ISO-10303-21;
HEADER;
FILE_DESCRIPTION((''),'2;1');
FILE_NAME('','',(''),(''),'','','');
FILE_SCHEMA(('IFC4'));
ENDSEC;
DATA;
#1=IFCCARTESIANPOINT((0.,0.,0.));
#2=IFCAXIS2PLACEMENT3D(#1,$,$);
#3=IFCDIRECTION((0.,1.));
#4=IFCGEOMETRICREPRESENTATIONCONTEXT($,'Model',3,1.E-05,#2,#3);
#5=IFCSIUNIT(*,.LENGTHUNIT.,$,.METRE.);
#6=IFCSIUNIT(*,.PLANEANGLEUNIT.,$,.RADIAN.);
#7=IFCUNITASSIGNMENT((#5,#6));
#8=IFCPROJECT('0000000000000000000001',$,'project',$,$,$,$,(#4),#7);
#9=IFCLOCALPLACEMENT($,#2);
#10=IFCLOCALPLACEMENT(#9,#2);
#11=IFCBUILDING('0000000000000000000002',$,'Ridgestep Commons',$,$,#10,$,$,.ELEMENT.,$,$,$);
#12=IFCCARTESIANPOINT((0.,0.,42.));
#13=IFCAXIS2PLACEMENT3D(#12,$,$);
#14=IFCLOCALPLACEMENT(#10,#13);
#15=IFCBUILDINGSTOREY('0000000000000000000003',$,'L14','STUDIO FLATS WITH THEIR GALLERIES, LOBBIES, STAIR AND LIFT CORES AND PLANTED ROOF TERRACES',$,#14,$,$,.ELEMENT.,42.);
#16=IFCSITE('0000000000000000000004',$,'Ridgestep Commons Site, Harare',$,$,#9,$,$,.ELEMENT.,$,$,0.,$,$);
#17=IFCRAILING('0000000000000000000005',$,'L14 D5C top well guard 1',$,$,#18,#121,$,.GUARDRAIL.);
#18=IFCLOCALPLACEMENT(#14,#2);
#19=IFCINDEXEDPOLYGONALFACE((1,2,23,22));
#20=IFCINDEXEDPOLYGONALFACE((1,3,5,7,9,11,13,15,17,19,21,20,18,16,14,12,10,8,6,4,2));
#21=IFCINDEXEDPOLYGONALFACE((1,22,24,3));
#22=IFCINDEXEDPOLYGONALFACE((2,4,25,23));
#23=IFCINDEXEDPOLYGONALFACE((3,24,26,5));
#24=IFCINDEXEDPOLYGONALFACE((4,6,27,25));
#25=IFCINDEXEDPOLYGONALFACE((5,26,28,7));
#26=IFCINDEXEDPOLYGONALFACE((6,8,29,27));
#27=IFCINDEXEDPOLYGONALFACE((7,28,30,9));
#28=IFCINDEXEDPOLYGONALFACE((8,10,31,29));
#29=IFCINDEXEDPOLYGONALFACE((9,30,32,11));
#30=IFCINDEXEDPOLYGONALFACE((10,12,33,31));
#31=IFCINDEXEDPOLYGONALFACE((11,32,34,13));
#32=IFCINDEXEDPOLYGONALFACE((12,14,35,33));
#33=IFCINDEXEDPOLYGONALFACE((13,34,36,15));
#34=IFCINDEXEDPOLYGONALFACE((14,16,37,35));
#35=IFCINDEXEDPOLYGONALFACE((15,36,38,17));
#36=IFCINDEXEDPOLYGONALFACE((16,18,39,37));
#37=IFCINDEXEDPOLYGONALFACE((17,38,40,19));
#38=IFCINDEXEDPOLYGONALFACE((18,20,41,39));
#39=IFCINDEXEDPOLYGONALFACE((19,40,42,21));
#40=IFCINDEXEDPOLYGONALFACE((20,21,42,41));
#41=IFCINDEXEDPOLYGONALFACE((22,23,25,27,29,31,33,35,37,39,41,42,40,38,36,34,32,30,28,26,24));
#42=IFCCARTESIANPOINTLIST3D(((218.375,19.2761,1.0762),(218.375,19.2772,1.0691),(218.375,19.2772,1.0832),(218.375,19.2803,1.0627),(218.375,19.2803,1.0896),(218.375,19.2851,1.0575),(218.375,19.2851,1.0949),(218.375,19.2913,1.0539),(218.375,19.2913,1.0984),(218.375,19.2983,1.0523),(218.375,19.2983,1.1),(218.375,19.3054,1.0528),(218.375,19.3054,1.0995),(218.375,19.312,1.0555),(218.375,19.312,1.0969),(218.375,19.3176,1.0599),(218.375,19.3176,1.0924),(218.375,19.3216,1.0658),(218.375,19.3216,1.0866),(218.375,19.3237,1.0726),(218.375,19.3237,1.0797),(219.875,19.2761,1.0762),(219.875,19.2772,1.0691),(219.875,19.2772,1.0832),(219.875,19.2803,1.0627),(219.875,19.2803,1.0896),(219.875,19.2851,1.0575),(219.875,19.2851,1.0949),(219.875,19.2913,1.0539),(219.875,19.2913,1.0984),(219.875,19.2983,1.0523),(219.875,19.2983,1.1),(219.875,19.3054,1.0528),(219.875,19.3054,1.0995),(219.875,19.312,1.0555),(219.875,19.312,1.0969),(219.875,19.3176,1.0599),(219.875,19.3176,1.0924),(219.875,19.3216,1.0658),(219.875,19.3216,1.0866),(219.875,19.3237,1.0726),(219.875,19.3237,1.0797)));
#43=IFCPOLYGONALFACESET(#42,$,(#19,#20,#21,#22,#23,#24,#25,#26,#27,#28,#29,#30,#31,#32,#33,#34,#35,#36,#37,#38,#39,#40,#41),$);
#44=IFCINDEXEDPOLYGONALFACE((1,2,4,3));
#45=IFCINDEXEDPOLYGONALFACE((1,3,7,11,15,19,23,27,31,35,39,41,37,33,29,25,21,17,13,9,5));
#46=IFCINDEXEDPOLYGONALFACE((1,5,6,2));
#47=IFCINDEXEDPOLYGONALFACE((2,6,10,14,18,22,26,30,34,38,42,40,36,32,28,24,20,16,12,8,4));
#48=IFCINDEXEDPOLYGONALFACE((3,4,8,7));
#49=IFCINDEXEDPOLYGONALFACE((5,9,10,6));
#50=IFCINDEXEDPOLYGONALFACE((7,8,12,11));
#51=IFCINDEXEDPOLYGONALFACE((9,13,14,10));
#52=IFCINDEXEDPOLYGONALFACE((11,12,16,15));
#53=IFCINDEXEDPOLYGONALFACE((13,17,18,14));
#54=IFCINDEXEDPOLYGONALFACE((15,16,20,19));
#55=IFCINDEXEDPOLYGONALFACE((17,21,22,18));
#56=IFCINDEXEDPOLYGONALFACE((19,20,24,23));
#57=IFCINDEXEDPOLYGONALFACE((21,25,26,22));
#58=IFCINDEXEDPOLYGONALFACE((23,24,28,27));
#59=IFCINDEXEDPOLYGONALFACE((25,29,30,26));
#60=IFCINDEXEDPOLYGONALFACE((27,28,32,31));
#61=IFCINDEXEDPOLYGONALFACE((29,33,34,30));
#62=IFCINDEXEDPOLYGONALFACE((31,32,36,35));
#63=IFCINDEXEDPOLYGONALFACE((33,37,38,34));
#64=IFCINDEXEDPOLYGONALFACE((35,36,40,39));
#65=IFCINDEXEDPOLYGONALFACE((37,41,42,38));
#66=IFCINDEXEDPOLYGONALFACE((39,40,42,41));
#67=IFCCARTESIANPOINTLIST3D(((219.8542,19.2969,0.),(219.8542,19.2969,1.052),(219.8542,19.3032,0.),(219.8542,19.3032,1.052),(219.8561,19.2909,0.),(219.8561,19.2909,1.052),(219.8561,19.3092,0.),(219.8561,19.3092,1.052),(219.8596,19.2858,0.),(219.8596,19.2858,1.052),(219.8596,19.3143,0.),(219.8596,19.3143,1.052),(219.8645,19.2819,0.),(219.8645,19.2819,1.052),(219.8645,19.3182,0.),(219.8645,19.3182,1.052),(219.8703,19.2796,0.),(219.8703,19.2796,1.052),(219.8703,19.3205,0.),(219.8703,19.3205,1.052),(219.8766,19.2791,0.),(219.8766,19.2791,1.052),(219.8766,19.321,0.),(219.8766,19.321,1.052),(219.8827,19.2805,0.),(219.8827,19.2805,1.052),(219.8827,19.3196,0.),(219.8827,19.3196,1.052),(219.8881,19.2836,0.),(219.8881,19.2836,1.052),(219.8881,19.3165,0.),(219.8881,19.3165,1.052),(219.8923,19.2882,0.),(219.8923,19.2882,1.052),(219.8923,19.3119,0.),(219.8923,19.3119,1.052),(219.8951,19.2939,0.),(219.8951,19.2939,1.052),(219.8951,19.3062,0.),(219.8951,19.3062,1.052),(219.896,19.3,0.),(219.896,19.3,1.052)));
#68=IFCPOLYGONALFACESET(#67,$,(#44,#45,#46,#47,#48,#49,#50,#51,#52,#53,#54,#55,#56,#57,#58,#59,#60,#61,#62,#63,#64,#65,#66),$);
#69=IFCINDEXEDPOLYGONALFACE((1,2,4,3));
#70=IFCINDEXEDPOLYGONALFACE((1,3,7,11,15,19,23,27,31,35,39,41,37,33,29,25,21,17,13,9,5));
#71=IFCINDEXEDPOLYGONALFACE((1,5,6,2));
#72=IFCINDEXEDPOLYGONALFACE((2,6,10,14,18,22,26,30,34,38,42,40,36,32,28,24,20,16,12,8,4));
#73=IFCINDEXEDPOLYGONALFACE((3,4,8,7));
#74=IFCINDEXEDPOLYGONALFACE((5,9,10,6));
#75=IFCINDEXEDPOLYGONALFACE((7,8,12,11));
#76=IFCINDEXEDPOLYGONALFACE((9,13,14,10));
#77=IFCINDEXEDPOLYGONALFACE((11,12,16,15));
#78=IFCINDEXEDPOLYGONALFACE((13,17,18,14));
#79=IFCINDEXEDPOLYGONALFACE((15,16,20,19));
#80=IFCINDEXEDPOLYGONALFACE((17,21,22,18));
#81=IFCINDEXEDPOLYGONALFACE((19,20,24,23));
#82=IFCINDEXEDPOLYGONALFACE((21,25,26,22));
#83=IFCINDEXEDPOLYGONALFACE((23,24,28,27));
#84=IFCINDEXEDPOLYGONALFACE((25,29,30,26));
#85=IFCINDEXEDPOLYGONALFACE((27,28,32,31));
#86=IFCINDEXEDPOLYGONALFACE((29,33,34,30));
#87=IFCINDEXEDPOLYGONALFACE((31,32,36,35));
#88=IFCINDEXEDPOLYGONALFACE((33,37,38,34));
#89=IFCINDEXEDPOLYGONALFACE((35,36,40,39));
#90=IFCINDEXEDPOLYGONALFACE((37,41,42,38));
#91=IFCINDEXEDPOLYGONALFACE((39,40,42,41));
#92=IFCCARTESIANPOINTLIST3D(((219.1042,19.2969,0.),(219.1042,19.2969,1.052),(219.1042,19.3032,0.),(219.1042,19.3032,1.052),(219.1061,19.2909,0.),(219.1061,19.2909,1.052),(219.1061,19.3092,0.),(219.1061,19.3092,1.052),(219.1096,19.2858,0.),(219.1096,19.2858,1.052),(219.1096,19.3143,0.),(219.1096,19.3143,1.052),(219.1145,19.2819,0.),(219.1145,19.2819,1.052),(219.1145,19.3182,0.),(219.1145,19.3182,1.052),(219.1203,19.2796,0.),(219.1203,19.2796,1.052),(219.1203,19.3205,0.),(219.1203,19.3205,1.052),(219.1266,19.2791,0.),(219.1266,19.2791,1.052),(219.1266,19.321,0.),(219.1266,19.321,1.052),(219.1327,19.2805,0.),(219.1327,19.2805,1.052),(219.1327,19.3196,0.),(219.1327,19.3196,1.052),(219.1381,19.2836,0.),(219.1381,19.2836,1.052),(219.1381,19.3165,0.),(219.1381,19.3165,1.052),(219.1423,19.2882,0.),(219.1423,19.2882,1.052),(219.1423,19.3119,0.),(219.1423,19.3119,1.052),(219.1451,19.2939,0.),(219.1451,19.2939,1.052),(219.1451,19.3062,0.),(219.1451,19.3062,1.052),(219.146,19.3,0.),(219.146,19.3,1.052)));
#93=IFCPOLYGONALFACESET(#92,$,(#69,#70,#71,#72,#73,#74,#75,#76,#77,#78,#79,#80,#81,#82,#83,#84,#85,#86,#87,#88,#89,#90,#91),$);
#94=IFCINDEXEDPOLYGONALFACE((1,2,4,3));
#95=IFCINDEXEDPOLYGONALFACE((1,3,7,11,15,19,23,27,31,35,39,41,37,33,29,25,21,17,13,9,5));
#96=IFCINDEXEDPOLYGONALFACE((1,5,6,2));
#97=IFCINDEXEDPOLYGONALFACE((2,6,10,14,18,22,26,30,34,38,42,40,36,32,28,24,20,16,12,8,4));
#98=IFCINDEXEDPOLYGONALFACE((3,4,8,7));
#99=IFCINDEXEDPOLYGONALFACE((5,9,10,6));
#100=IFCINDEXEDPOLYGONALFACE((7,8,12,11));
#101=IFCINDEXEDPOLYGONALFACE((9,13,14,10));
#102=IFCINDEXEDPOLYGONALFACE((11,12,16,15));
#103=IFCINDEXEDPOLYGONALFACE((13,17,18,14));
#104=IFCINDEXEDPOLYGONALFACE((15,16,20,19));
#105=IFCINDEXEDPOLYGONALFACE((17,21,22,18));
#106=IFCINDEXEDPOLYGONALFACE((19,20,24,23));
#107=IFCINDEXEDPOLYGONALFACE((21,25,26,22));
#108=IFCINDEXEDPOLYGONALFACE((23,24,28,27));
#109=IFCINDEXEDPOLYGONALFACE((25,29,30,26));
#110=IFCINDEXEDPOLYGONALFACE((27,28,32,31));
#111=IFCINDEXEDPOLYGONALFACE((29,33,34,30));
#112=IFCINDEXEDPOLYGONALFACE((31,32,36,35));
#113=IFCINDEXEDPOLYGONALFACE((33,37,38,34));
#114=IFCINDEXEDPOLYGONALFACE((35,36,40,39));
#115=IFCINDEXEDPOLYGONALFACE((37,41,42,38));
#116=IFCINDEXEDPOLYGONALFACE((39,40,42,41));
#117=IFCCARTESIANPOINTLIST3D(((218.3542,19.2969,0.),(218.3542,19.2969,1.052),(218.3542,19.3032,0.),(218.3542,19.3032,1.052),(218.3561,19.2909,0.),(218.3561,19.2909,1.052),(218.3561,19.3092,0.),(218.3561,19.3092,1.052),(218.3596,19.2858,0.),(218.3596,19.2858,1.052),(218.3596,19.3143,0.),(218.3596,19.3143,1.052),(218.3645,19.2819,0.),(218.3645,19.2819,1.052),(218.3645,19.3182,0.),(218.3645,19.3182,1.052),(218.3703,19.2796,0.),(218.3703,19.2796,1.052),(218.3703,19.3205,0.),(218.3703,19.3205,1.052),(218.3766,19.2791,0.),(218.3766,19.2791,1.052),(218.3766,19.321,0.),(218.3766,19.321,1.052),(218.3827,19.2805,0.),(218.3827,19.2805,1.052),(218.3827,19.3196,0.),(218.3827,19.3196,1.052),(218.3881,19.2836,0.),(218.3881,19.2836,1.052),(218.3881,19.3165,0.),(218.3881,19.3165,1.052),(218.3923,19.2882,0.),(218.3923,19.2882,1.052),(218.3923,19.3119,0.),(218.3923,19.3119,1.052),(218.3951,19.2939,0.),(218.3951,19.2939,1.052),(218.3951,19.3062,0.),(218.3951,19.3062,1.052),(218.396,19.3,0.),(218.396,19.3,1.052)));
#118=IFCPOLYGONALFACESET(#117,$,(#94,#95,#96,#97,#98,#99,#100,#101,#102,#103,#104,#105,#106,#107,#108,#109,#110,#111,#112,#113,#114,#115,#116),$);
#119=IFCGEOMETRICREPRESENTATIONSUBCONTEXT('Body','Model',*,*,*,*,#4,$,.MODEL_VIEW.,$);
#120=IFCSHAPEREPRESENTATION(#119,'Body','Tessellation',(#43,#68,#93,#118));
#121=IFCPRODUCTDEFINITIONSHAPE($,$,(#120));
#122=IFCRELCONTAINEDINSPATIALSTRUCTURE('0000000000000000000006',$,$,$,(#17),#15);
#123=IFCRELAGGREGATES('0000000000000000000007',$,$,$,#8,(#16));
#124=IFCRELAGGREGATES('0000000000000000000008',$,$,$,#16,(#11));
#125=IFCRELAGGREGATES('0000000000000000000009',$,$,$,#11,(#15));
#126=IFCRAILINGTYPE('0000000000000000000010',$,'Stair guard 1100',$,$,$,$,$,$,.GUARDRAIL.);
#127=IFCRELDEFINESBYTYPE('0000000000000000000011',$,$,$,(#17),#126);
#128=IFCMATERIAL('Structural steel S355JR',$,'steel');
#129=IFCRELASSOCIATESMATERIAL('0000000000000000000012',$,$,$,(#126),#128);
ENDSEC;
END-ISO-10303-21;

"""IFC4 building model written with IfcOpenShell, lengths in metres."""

from ifc_helpers import new_model, si_unit, direction, frame, origin, origin_2d, place, context, subcontext, project, spatial, circle, extrude, material, type_object, element, save


model = new_model("IFC4")

# Units and contexts
model_context = context("Model", 3, precision=1e-05, world=origin(), true_north=direction((0.0, 1.0)))
body_context = subcontext(model_context, "Body", "Model", "MODEL_VIEW")
ifc_project = project(units=[si_unit("LENGTHUNIT", "METRE"), si_unit("PLANEANGLEUNIT", "RADIAN")], contexts=[model_context])

# Site, building, storey
site_placement = place(None, origin())
site = spatial("IfcSite", under=ifc_project, at=site_placement, Name="Ridgestep Commons Site, Harare", CompositionType="ELEMENT", RefElevation=0.0)
building_placement = place(site_placement, origin())
building = spatial("IfcBuilding", under=site, at=building_placement, Name="Ridgestep Commons", CompositionType="ELEMENT")
storey_placement = place(building_placement, frame((0.0, 0.0, 42.0)))
storey = spatial("IfcBuildingStorey", under=building, at=storey_placement, Name="L14", Description="STUDIO FLATS WITH THEIR GALLERIES, LOBBIES, STAIR AND LIFT CORES AND PLANTED ROOF TERRACES", CompositionType="ELEMENT", Elevation=42.0)

# Railing
ifc_material_1 = material(Name="Structural steel S355JR", Category="steel")
railing_type_1 = type_object("IfcRailingType", Name="Stair guard 1100", PredefinedType="GUARDRAIL", material=ifc_material_1)
railing_1_placement = place(storey_placement, frame((219.875, 19.3, 0.0)))
element("IfcRailing", 1, at=railing_1_placement, inside=storey, type_object=railing_type_1, Name="L14 D5C top well guard 1", PredefinedType="GUARDRAIL", context=body_context, shape_type="SweptSolid", body=[
    extrude(circle(Radius=0.0239, at=origin_2d()), frame((0.0, 0.0, 1.0762), z_axis=(-1.0, 0.0, 0.0), x_axis=(0.0, -1.0, 0.0)), (0.0, 0.0, 1.0), 1.5),
    extrude(circle(Radius=0.021, at=origin_2d()), origin(), (0.0, 0.0, 1.0), 1.052),
    extrude(circle(Radius=0.021, at=origin_2d()), frame((-0.75, 0.0, 0.0)), (0.0, 0.0, 1.0), 1.052),
    extrude(circle(Radius=0.021, at=origin_2d()), frame((-1.5, 0.0, 0.0)), (0.0, 0.0, 1.0), 1.052),
])

save(model, "model.ifc")
